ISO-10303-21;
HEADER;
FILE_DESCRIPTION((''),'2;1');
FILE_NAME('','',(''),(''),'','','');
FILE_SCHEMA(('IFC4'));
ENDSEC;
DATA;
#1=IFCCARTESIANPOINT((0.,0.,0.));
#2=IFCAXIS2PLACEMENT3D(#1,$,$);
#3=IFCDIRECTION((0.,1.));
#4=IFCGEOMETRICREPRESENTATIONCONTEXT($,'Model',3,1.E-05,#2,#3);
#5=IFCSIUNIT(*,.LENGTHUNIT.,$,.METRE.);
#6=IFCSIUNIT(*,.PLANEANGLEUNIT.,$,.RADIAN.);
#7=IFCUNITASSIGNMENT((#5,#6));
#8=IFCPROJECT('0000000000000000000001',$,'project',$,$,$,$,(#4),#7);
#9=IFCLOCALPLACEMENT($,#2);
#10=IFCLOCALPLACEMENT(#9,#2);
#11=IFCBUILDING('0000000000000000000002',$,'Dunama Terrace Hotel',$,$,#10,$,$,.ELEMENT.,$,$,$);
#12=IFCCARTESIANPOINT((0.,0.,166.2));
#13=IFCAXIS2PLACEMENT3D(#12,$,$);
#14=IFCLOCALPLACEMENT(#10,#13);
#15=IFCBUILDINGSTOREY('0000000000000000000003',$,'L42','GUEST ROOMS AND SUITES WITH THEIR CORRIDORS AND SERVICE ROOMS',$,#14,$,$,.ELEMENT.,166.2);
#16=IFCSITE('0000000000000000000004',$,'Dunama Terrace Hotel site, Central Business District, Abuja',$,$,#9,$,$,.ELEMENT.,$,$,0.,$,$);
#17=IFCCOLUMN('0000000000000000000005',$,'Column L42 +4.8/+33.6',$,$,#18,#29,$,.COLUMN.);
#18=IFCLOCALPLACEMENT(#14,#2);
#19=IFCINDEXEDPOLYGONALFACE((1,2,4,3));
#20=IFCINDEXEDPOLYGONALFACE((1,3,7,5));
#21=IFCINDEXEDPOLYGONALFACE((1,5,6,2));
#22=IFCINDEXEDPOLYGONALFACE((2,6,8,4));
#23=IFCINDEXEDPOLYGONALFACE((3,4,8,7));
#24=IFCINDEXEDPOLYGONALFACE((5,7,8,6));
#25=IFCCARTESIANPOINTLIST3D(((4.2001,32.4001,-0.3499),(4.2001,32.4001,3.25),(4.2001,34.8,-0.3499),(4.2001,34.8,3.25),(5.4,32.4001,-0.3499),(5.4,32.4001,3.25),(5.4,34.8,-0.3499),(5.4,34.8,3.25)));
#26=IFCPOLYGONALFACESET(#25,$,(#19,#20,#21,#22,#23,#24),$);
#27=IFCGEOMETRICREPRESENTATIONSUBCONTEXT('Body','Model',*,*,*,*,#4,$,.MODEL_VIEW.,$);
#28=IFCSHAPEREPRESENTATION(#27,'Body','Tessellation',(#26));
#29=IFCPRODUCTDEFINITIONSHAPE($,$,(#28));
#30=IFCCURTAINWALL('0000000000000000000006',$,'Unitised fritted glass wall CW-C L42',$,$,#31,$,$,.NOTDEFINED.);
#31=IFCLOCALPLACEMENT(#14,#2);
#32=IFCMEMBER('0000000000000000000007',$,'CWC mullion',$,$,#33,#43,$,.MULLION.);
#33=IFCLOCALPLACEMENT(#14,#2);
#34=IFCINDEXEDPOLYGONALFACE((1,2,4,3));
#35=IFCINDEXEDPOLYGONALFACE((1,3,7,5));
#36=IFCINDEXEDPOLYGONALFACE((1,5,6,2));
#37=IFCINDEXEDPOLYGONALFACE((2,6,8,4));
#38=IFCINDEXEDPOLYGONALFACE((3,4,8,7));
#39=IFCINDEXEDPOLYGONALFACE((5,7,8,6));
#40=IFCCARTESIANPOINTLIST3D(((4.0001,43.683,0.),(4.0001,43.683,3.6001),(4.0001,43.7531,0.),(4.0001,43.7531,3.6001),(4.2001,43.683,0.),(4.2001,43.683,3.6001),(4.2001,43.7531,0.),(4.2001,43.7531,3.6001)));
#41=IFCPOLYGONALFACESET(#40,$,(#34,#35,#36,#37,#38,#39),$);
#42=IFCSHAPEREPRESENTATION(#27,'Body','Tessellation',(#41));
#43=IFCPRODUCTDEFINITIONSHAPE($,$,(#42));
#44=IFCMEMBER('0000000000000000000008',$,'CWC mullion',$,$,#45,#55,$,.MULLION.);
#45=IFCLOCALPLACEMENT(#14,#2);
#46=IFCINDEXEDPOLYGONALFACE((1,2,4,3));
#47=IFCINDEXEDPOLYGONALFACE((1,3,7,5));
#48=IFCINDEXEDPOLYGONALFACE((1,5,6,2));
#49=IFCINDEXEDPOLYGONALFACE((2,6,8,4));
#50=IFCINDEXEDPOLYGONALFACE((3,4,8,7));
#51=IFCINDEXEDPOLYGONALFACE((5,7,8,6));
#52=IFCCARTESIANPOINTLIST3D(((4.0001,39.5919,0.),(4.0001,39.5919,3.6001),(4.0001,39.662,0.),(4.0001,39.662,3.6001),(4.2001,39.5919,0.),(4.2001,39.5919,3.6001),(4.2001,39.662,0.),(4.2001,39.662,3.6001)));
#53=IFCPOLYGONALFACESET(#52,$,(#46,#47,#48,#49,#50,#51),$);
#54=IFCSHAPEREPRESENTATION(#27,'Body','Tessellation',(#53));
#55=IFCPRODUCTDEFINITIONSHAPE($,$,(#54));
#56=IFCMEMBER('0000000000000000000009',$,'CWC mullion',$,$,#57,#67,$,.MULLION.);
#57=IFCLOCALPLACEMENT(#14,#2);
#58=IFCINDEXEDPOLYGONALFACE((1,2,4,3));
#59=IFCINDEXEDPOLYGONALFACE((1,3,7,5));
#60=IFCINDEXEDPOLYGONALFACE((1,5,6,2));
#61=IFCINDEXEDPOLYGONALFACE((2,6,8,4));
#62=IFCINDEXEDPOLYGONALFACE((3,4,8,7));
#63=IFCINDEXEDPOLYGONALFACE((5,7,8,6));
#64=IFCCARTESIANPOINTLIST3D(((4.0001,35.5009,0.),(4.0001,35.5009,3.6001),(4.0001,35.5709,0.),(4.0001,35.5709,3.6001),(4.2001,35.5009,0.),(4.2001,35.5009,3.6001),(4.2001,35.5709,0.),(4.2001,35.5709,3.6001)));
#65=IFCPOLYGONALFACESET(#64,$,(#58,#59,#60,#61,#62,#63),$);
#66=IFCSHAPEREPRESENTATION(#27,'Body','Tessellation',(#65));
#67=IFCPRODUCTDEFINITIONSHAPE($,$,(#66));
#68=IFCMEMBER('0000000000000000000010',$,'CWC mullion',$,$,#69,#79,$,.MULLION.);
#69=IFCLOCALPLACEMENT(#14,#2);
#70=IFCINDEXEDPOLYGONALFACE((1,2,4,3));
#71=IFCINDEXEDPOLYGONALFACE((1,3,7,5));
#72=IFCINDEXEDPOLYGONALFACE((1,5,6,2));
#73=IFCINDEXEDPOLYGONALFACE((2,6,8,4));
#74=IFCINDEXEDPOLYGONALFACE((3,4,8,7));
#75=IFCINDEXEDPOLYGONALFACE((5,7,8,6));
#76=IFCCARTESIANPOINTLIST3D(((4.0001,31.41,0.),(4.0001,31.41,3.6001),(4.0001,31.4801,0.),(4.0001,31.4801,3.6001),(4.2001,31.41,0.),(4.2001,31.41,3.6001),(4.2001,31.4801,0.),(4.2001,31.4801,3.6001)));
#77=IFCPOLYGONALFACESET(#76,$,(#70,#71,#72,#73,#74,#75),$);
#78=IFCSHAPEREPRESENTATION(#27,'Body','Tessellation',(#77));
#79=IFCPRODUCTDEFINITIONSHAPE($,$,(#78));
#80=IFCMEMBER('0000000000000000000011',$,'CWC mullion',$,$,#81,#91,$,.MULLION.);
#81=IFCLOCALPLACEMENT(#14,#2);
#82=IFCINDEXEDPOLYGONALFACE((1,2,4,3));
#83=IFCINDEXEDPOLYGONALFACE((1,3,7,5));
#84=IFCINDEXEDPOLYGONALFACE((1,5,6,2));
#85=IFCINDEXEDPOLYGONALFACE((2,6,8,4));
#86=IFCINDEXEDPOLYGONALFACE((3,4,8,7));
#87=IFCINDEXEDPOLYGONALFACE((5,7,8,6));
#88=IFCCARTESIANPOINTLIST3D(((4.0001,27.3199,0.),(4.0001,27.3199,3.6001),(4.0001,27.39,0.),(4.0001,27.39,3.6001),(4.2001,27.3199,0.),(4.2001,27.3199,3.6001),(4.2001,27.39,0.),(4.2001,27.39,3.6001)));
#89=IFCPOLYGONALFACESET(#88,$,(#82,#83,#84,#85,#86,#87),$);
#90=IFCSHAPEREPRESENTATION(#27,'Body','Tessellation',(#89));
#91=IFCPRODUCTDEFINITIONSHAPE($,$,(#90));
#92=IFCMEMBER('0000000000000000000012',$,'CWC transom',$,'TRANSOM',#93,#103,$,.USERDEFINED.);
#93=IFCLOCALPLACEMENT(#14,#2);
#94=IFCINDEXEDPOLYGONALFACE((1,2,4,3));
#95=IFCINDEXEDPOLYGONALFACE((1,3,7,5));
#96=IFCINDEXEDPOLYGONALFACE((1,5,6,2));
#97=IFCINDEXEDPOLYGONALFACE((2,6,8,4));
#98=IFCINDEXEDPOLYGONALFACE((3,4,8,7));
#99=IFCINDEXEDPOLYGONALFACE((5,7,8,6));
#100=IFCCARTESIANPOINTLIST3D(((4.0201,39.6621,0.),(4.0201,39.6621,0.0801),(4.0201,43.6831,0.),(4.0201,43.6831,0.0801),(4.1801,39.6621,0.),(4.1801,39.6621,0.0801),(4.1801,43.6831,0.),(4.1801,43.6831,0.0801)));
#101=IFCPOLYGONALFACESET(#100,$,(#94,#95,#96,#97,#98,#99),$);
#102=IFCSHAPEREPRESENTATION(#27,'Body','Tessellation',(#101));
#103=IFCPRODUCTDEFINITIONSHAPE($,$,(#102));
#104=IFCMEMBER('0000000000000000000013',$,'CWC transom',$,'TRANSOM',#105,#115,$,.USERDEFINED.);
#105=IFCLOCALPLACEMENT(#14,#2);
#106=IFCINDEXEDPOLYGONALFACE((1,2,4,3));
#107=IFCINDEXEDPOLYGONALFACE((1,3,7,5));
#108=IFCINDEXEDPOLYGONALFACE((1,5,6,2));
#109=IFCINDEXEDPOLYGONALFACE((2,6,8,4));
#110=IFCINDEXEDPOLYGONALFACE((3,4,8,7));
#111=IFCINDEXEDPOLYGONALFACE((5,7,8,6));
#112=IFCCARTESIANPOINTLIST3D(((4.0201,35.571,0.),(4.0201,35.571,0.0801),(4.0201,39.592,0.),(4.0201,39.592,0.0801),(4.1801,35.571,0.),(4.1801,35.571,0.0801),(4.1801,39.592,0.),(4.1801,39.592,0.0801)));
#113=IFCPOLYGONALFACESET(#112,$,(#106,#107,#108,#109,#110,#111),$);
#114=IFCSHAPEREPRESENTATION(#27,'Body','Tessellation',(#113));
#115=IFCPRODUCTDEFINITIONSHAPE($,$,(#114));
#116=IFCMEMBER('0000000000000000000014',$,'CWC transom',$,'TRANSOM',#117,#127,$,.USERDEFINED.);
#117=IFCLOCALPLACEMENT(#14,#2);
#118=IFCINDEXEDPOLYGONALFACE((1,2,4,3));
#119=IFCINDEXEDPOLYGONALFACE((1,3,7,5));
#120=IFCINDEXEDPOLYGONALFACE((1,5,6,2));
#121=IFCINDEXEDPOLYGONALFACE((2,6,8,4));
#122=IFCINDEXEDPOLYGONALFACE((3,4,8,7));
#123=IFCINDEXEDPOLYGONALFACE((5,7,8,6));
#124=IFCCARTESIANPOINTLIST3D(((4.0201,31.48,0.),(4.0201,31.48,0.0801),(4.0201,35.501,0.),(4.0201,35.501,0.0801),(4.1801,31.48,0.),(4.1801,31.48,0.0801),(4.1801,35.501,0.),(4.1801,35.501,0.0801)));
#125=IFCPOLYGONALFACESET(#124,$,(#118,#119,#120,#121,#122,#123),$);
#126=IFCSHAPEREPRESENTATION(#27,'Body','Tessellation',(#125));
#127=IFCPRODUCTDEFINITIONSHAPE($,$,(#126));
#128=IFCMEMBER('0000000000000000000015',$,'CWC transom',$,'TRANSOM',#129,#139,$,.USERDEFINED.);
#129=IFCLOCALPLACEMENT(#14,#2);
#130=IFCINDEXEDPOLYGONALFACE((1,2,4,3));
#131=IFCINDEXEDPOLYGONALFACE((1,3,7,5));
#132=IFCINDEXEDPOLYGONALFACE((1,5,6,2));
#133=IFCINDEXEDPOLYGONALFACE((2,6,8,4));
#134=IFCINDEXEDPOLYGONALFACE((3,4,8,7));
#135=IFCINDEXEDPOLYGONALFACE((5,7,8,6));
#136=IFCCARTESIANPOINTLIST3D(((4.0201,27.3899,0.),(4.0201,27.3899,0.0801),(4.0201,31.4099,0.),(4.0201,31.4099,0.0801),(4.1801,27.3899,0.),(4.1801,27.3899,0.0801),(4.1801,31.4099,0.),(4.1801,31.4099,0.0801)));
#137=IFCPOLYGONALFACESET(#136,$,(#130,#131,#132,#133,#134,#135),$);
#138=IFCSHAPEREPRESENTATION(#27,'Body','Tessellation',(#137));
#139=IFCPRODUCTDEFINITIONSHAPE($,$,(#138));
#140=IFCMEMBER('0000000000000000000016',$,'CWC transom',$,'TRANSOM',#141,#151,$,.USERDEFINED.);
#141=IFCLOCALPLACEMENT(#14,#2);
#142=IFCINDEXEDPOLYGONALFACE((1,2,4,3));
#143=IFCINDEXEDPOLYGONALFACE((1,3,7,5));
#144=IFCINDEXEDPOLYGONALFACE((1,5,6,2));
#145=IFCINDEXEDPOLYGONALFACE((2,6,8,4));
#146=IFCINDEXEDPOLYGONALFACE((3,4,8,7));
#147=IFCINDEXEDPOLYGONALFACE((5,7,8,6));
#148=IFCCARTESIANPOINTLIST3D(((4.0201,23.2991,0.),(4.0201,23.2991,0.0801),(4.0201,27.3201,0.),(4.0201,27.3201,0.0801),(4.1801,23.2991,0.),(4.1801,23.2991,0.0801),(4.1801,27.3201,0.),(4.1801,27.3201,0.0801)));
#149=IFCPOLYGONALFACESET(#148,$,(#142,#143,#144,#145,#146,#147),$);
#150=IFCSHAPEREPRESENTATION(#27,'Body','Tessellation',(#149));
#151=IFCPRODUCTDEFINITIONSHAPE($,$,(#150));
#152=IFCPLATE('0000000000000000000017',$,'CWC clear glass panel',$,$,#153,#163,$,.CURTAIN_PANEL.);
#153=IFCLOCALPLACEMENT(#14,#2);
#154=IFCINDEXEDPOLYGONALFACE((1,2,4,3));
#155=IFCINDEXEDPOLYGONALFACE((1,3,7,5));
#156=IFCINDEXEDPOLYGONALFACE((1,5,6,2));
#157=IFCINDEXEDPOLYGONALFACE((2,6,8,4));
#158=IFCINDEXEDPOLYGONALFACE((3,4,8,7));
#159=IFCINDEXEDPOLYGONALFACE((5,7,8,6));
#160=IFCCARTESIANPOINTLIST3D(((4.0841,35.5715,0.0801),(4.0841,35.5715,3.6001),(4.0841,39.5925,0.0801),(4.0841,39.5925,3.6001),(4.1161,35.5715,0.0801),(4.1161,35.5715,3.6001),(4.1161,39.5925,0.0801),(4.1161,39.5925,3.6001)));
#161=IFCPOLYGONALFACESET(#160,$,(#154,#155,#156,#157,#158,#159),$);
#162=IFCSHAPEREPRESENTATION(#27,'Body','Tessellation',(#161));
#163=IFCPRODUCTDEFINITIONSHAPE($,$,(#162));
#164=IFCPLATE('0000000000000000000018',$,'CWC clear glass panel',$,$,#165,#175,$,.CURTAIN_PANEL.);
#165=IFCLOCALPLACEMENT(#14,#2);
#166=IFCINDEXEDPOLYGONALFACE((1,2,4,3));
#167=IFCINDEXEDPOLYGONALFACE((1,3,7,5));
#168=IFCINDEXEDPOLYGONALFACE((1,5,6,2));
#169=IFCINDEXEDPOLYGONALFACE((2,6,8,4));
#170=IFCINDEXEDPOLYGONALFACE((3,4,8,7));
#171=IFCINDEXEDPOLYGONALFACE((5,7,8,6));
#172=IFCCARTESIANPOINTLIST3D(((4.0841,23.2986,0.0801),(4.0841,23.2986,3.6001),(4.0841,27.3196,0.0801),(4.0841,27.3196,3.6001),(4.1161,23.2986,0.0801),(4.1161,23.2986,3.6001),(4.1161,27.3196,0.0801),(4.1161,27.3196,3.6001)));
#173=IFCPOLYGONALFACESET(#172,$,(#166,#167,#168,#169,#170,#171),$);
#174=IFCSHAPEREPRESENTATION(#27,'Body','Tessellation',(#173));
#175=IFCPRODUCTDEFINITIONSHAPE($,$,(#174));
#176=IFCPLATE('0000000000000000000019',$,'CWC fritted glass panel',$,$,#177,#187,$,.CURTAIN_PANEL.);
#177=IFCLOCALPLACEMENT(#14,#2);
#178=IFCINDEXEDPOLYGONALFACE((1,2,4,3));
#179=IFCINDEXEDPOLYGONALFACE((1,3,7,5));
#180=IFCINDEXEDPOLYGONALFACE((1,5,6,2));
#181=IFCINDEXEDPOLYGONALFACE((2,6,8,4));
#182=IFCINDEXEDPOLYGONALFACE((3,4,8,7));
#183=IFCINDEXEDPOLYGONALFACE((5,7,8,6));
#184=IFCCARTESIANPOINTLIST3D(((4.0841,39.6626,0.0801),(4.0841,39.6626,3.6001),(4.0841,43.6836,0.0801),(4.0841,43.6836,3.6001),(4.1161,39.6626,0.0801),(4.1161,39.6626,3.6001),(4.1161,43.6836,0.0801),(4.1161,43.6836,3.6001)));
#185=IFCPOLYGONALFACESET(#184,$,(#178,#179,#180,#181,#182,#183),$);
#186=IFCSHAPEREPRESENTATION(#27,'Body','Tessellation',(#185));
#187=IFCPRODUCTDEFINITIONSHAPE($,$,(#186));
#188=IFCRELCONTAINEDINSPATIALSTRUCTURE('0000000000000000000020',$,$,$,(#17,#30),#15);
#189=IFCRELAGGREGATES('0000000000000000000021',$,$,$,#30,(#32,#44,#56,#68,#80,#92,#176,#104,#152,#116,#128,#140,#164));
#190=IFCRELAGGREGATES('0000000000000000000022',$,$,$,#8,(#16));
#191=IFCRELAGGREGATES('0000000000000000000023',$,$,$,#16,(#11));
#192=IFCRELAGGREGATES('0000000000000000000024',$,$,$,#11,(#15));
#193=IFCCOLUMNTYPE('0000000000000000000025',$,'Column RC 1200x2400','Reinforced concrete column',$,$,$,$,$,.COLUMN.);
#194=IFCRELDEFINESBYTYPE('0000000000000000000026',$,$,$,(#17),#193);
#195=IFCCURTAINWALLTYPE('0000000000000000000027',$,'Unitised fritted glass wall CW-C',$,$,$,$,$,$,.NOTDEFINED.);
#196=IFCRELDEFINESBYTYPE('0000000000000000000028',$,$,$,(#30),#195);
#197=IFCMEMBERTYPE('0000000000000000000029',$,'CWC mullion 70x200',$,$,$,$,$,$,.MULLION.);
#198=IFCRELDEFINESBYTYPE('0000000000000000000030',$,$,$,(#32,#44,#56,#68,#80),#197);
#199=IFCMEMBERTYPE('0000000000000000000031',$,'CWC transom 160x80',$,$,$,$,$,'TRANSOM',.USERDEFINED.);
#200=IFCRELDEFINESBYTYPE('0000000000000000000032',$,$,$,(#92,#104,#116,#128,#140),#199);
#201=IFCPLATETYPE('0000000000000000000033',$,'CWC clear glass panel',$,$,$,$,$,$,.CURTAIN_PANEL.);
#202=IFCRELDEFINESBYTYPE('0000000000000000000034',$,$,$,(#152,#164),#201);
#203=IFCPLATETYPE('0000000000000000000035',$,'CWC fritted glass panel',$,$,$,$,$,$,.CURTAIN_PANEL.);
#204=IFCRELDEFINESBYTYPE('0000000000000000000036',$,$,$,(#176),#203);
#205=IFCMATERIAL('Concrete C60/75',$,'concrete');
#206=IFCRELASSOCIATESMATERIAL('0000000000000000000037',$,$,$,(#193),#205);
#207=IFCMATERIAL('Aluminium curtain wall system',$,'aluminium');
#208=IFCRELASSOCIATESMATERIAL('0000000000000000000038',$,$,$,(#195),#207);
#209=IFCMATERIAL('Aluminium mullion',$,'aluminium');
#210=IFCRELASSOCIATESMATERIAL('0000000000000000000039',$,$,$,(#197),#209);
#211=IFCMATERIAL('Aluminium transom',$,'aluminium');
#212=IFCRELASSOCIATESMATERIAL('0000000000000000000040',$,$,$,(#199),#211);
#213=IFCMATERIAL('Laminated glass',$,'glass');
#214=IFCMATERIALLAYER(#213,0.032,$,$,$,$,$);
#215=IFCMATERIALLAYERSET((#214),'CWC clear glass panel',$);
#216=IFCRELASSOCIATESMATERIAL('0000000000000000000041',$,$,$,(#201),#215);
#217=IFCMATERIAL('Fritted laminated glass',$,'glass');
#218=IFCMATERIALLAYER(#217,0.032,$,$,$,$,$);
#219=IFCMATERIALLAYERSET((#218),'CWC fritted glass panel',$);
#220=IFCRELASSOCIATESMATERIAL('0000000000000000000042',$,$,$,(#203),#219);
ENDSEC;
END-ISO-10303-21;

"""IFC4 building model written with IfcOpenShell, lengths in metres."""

from ifc_helpers import new_model, si_unit, direction, frame, origin, origin_2d, place, context, subcontext, project, spatial, rectangle, extrude, material, layer, layer_set, material_profile, profile_set, type_object, element, aggregate, save


model = new_model("IFC4")

# Units and contexts
model_context = context("Model", 3, precision=1e-05, world=origin(), true_north=direction((0.0, 1.0)))
body_context = subcontext(model_context, "Body", "Model", "MODEL_VIEW")
ifc_project = project(units=[si_unit("LENGTHUNIT", "METRE"), si_unit("PLANEANGLEUNIT", "RADIAN")], contexts=[model_context])

# Site, building, storey
site_placement = place(None, origin())
site = spatial("IfcSite", under=ifc_project, at=site_placement, Name="Dunama Terrace Hotel site, Central Business District, Abuja", CompositionType="ELEMENT", RefElevation=0.0)
building_placement = place(site_placement, origin())
building = spatial("IfcBuilding", under=site, at=building_placement, Name="Dunama Terrace Hotel", CompositionType="ELEMENT")
storey_placement = place(building_placement, frame((0.0, 0.0, 166.2)))
storey = spatial("IfcBuildingStorey", under=building, at=storey_placement, Name="L42", Description="GUEST ROOMS AND SUITES WITH THEIR CORRIDORS AND SERVICE ROOMS", CompositionType="ELEMENT", Elevation=166.2)

# Column
ifc_material_1 = material(Name="Concrete C60/75", Category="concrete")
ifc_material_profile_1 = material_profile(ifc_material_1, rectangle(XDim=1.2, YDim=2.3999, at=origin_2d()), Name="RC 1200x2400")
ifc_profile_set_1 = profile_set([ifc_material_profile_1], Name="Concrete C60/75")
column_type = type_object("IfcColumnType", Name="Column RC 1200x2400", Description="Reinforced concrete column", PredefinedType="COLUMN", material=ifc_profile_set_1)
column_placement = place(storey_placement, frame((4.8, 33.6001, -0.3499), z_axis=(0.0, 0.0, 1.0), x_axis=(1.0, 0.0, 0.0)))
element("IfcColumn", 1, at=column_placement, inside=storey, type_object=column_type, Name="Column L42 +4.8/+33.6", PredefinedType="COLUMN", context=body_context, shape_type="SweptSolid", body=[
    extrude(rectangle(XDim=1.2, YDim=2.3999, at=origin_2d()), origin(), (0.0, 0.0, 1.0), 3.5999),
])

# Curtain wall, members, plates
ifc_material_2 = material(Name="Aluminium curtain wall system", Category="aluminium")
curtain_wall_type = type_object("IfcCurtainWallType", Name="Unitised fritted glass wall CW-C", PredefinedType="NOTDEFINED", material=ifc_material_2)
curtain_wall_placement = place(storey_placement, origin())
curtain_wall = element("IfcCurtainWall", 2, at=curtain_wall_placement, inside=storey, type_object=curtain_wall_type, Name="Unitised fritted glass wall CW-C L42", PredefinedType="NOTDEFINED")
ifc_material_3 = material(Name="Aluminium mullion", Category="aluminium")
ifc_material_profile_2 = material_profile(ifc_material_3, rectangle(XDim=0.0701, YDim=0.2, at=origin_2d()), Name="CWC MULLION 70X200")
ifc_profile_set_2 = profile_set([ifc_material_profile_2], Name="Aluminium mullion")
member_type_1 = type_object("IfcMemberType", Name="CWC mullion 70x200", PredefinedType="MULLION", material=ifc_profile_set_2)
member_1_placement = place(storey_placement, frame((4.1001, 43.718, 0.0), z_axis=(0.0, 0.0, 1.0), x_axis=(0.0, -1.0, 0.0)))
member_1 = element("IfcMember", 3, at=member_1_placement, type_object=member_type_1, Name="CWC mullion", PredefinedType="MULLION", context=body_context, shape_type="SweptSolid", body=[
    extrude(rectangle(XDim=0.0701, YDim=0.2, at=origin_2d()), origin(), (0.0, 0.0, 1.0), 3.6001),
])
member_2_placement = place(storey_placement, frame((4.1001, 39.627, 0.0), z_axis=(0.0, 0.0, 1.0), x_axis=(0.0, -1.0, 0.0)))
member_2 = element("IfcMember", 4, at=member_2_placement, type_object=member_type_1, Name="CWC mullion", PredefinedType="MULLION", context=body_context, shape_type="SweptSolid", body=[
    extrude(rectangle(XDim=0.0701, YDim=0.2, at=origin_2d()), origin(), (0.0, 0.0, 1.0), 3.6001),
])
member_3_placement = place(storey_placement, frame((4.1001, 35.5359, 0.0), z_axis=(0.0, 0.0, 1.0), x_axis=(0.0, -1.0, 0.0)))
member_3 = element("IfcMember", 5, at=member_3_placement, type_object=member_type_1, Name="CWC mullion", PredefinedType="MULLION", context=body_context, shape_type="SweptSolid", body=[
    extrude(rectangle(XDim=0.0701, YDim=0.2, at=origin_2d()), origin(), (0.0, 0.0, 1.0), 3.6001),
])
member_4_placement = place(storey_placement, frame((4.1001, 31.4451, 0.0), z_axis=(0.0, 0.0, 1.0), x_axis=(0.0, -1.0, 0.0)))
member_4 = element("IfcMember", 6, at=member_4_placement, type_object=member_type_1, Name="CWC mullion", PredefinedType="MULLION", context=body_context, shape_type="SweptSolid", body=[
    extrude(rectangle(XDim=0.0701, YDim=0.2, at=origin_2d()), origin(), (0.0, 0.0, 1.0), 3.6001),
])
member_5_placement = place(storey_placement, frame((4.1001, 27.355, 0.0), z_axis=(0.0, 0.0, 1.0), x_axis=(0.0, -1.0, 0.0)))
member_5 = element("IfcMember", 7, at=member_5_placement, type_object=member_type_1, Name="CWC mullion", PredefinedType="MULLION", context=body_context, shape_type="SweptSolid", body=[
    extrude(rectangle(XDim=0.0701, YDim=0.2, at=origin_2d()), origin(), (0.0, 0.0, 1.0), 3.6001),
])
ifc_material_4 = material(Name="Aluminium transom", Category="aluminium")
ifc_material_profile_3 = material_profile(ifc_material_4, rectangle(XDim=0.1599, YDim=0.0801, at=origin_2d()), Name="CWC TRANSOM 160X80")
ifc_profile_set_3 = profile_set([ifc_material_profile_3], Name="Aluminium transom")
member_type_2 = type_object("IfcMemberType", Name="CWC transom 160x80", ElementType="TRANSOM", PredefinedType="USERDEFINED", material=ifc_profile_set_3)
member_6_placement = place(storey_placement, frame((4.1001, 43.6831, 0.04), z_axis=(0.0, -1.0, 0.0), x_axis=(1.0, 0.0, 0.0)))
member_6 = element("IfcMember", 8, at=member_6_placement, type_object=member_type_2, Name="CWC transom", ObjectType="TRANSOM", PredefinedType="USERDEFINED", context=body_context, shape_type="SweptSolid", body=[
    extrude(rectangle(XDim=0.1599, YDim=0.0801, at=origin_2d()), origin(), (0.0, 0.0, 1.0), 4.021),
])
member_7_placement = place(storey_placement, frame((4.1001, 39.592, 0.04), z_axis=(0.0, -1.0, 0.0), x_axis=(1.0, 0.0, 0.0)))
member_7 = element("IfcMember", 9, at=member_7_placement, type_object=member_type_2, Name="CWC transom", ObjectType="TRANSOM", PredefinedType="USERDEFINED", context=body_context, shape_type="SweptSolid", body=[
    extrude(rectangle(XDim=0.1599, YDim=0.0801, at=origin_2d()), origin(), (0.0, 0.0, 1.0), 4.021),
])
member_8_placement = place(storey_placement, frame((4.1001, 35.501, 0.04), z_axis=(0.0, -1.0, 0.0), x_axis=(1.0, 0.0, 0.0)))
member_8 = element("IfcMember", 10, at=member_8_placement, type_object=member_type_2, Name="CWC transom", ObjectType="TRANSOM", PredefinedType="USERDEFINED", context=body_context, shape_type="SweptSolid", body=[
    extrude(rectangle(XDim=0.1599, YDim=0.0801, at=origin_2d()), origin(), (0.0, 0.0, 1.0), 4.021),
])
member_9_placement = place(storey_placement, frame((4.1001, 31.4099, 0.04), z_axis=(0.0, -1.0, 0.0), x_axis=(1.0, 0.0, 0.0)))
member_9 = element("IfcMember", 11, at=member_9_placement, type_object=member_type_2, Name="CWC transom", ObjectType="TRANSOM", PredefinedType="USERDEFINED", context=body_context, shape_type="SweptSolid", body=[
    extrude(rectangle(XDim=0.1599, YDim=0.0801, at=origin_2d()), origin(), (0.0, 0.0, 1.0), 4.02),
])
member_10_placement = place(storey_placement, frame((4.1001, 27.3201, 0.04), z_axis=(0.0, -1.0, 0.0), x_axis=(1.0, 0.0, 0.0)))
member_10 = element("IfcMember", 12, at=member_10_placement, type_object=member_type_2, Name="CWC transom", ObjectType="TRANSOM", PredefinedType="USERDEFINED", context=body_context, shape_type="SweptSolid", body=[
    extrude(rectangle(XDim=0.1599, YDim=0.0801, at=origin_2d()), origin(), (0.0, 0.0, 1.0), 4.021),
])
ifc_material_5 = material(Name="Laminated glass", Category="glass")
ifc_layer_1 = layer(ifc_material_5, 0.032)
ifc_layer_set_1 = layer_set([ifc_layer_1], Name="CWC clear glass panel")
plate_type_1 = type_object("IfcPlateType", Name="CWC clear glass panel", PredefinedType="CURTAIN_PANEL", material=ifc_layer_set_1)
plate_1_placement = place(storey_placement, frame((4.1001, 37.582, 0.0801), z_axis=(0.0, 0.0, 1.0), x_axis=(0.0, -1.0, 0.0)))
plate_1 = element("IfcPlate", 13, at=plate_1_placement, type_object=plate_type_1, Name="CWC clear glass panel", PredefinedType="CURTAIN_PANEL", context=body_context, shape_type="SweptSolid", body=[
    extrude(rectangle(XDim=4.021, YDim=0.032, at=origin_2d()), origin(), (0.0, 0.0, 1.0), 3.52),
])
plate_2_placement = place(storey_placement, frame((4.1001, 25.3091, 0.0801), z_axis=(0.0, 0.0, 1.0), x_axis=(0.0, -1.0, 0.0)))
plate_2 = element("IfcPlate", 14, at=plate_2_placement, type_object=plate_type_1, Name="CWC clear glass panel", PredefinedType="CURTAIN_PANEL", context=body_context, shape_type="SweptSolid", body=[
    extrude(rectangle(XDim=4.021, YDim=0.032, at=origin_2d()), origin(), (0.0, 0.0, 1.0), 3.52),
])
ifc_material_6 = material(Name="Fritted laminated glass", Category="glass")
ifc_layer_2 = layer(ifc_material_6, 0.032)
ifc_layer_set_2 = layer_set([ifc_layer_2], Name="CWC fritted glass panel")
plate_type_2 = type_object("IfcPlateType", Name="CWC fritted glass panel", PredefinedType="CURTAIN_PANEL", material=ifc_layer_set_2)
plate_3_placement = place(storey_placement, frame((4.1001, 41.6731, 0.0801), z_axis=(0.0, 0.0, 1.0), x_axis=(0.0, -1.0, 0.0)))
plate_3 = element("IfcPlate", 15, at=plate_3_placement, type_object=plate_type_2, Name="CWC fritted glass panel", PredefinedType="CURTAIN_PANEL", context=body_context, shape_type="SweptSolid", body=[
    extrude(rectangle(XDim=4.021, YDim=0.032, at=origin_2d()), origin(), (0.0, 0.0, 1.0), 3.52),
])
aggregate(curtain_wall, [member_1, member_2, member_3, member_4, member_5, member_6, plate_3, member_7, plate_1, member_8, member_9, member_10, plate_2])

save(model, "model.ifc")
